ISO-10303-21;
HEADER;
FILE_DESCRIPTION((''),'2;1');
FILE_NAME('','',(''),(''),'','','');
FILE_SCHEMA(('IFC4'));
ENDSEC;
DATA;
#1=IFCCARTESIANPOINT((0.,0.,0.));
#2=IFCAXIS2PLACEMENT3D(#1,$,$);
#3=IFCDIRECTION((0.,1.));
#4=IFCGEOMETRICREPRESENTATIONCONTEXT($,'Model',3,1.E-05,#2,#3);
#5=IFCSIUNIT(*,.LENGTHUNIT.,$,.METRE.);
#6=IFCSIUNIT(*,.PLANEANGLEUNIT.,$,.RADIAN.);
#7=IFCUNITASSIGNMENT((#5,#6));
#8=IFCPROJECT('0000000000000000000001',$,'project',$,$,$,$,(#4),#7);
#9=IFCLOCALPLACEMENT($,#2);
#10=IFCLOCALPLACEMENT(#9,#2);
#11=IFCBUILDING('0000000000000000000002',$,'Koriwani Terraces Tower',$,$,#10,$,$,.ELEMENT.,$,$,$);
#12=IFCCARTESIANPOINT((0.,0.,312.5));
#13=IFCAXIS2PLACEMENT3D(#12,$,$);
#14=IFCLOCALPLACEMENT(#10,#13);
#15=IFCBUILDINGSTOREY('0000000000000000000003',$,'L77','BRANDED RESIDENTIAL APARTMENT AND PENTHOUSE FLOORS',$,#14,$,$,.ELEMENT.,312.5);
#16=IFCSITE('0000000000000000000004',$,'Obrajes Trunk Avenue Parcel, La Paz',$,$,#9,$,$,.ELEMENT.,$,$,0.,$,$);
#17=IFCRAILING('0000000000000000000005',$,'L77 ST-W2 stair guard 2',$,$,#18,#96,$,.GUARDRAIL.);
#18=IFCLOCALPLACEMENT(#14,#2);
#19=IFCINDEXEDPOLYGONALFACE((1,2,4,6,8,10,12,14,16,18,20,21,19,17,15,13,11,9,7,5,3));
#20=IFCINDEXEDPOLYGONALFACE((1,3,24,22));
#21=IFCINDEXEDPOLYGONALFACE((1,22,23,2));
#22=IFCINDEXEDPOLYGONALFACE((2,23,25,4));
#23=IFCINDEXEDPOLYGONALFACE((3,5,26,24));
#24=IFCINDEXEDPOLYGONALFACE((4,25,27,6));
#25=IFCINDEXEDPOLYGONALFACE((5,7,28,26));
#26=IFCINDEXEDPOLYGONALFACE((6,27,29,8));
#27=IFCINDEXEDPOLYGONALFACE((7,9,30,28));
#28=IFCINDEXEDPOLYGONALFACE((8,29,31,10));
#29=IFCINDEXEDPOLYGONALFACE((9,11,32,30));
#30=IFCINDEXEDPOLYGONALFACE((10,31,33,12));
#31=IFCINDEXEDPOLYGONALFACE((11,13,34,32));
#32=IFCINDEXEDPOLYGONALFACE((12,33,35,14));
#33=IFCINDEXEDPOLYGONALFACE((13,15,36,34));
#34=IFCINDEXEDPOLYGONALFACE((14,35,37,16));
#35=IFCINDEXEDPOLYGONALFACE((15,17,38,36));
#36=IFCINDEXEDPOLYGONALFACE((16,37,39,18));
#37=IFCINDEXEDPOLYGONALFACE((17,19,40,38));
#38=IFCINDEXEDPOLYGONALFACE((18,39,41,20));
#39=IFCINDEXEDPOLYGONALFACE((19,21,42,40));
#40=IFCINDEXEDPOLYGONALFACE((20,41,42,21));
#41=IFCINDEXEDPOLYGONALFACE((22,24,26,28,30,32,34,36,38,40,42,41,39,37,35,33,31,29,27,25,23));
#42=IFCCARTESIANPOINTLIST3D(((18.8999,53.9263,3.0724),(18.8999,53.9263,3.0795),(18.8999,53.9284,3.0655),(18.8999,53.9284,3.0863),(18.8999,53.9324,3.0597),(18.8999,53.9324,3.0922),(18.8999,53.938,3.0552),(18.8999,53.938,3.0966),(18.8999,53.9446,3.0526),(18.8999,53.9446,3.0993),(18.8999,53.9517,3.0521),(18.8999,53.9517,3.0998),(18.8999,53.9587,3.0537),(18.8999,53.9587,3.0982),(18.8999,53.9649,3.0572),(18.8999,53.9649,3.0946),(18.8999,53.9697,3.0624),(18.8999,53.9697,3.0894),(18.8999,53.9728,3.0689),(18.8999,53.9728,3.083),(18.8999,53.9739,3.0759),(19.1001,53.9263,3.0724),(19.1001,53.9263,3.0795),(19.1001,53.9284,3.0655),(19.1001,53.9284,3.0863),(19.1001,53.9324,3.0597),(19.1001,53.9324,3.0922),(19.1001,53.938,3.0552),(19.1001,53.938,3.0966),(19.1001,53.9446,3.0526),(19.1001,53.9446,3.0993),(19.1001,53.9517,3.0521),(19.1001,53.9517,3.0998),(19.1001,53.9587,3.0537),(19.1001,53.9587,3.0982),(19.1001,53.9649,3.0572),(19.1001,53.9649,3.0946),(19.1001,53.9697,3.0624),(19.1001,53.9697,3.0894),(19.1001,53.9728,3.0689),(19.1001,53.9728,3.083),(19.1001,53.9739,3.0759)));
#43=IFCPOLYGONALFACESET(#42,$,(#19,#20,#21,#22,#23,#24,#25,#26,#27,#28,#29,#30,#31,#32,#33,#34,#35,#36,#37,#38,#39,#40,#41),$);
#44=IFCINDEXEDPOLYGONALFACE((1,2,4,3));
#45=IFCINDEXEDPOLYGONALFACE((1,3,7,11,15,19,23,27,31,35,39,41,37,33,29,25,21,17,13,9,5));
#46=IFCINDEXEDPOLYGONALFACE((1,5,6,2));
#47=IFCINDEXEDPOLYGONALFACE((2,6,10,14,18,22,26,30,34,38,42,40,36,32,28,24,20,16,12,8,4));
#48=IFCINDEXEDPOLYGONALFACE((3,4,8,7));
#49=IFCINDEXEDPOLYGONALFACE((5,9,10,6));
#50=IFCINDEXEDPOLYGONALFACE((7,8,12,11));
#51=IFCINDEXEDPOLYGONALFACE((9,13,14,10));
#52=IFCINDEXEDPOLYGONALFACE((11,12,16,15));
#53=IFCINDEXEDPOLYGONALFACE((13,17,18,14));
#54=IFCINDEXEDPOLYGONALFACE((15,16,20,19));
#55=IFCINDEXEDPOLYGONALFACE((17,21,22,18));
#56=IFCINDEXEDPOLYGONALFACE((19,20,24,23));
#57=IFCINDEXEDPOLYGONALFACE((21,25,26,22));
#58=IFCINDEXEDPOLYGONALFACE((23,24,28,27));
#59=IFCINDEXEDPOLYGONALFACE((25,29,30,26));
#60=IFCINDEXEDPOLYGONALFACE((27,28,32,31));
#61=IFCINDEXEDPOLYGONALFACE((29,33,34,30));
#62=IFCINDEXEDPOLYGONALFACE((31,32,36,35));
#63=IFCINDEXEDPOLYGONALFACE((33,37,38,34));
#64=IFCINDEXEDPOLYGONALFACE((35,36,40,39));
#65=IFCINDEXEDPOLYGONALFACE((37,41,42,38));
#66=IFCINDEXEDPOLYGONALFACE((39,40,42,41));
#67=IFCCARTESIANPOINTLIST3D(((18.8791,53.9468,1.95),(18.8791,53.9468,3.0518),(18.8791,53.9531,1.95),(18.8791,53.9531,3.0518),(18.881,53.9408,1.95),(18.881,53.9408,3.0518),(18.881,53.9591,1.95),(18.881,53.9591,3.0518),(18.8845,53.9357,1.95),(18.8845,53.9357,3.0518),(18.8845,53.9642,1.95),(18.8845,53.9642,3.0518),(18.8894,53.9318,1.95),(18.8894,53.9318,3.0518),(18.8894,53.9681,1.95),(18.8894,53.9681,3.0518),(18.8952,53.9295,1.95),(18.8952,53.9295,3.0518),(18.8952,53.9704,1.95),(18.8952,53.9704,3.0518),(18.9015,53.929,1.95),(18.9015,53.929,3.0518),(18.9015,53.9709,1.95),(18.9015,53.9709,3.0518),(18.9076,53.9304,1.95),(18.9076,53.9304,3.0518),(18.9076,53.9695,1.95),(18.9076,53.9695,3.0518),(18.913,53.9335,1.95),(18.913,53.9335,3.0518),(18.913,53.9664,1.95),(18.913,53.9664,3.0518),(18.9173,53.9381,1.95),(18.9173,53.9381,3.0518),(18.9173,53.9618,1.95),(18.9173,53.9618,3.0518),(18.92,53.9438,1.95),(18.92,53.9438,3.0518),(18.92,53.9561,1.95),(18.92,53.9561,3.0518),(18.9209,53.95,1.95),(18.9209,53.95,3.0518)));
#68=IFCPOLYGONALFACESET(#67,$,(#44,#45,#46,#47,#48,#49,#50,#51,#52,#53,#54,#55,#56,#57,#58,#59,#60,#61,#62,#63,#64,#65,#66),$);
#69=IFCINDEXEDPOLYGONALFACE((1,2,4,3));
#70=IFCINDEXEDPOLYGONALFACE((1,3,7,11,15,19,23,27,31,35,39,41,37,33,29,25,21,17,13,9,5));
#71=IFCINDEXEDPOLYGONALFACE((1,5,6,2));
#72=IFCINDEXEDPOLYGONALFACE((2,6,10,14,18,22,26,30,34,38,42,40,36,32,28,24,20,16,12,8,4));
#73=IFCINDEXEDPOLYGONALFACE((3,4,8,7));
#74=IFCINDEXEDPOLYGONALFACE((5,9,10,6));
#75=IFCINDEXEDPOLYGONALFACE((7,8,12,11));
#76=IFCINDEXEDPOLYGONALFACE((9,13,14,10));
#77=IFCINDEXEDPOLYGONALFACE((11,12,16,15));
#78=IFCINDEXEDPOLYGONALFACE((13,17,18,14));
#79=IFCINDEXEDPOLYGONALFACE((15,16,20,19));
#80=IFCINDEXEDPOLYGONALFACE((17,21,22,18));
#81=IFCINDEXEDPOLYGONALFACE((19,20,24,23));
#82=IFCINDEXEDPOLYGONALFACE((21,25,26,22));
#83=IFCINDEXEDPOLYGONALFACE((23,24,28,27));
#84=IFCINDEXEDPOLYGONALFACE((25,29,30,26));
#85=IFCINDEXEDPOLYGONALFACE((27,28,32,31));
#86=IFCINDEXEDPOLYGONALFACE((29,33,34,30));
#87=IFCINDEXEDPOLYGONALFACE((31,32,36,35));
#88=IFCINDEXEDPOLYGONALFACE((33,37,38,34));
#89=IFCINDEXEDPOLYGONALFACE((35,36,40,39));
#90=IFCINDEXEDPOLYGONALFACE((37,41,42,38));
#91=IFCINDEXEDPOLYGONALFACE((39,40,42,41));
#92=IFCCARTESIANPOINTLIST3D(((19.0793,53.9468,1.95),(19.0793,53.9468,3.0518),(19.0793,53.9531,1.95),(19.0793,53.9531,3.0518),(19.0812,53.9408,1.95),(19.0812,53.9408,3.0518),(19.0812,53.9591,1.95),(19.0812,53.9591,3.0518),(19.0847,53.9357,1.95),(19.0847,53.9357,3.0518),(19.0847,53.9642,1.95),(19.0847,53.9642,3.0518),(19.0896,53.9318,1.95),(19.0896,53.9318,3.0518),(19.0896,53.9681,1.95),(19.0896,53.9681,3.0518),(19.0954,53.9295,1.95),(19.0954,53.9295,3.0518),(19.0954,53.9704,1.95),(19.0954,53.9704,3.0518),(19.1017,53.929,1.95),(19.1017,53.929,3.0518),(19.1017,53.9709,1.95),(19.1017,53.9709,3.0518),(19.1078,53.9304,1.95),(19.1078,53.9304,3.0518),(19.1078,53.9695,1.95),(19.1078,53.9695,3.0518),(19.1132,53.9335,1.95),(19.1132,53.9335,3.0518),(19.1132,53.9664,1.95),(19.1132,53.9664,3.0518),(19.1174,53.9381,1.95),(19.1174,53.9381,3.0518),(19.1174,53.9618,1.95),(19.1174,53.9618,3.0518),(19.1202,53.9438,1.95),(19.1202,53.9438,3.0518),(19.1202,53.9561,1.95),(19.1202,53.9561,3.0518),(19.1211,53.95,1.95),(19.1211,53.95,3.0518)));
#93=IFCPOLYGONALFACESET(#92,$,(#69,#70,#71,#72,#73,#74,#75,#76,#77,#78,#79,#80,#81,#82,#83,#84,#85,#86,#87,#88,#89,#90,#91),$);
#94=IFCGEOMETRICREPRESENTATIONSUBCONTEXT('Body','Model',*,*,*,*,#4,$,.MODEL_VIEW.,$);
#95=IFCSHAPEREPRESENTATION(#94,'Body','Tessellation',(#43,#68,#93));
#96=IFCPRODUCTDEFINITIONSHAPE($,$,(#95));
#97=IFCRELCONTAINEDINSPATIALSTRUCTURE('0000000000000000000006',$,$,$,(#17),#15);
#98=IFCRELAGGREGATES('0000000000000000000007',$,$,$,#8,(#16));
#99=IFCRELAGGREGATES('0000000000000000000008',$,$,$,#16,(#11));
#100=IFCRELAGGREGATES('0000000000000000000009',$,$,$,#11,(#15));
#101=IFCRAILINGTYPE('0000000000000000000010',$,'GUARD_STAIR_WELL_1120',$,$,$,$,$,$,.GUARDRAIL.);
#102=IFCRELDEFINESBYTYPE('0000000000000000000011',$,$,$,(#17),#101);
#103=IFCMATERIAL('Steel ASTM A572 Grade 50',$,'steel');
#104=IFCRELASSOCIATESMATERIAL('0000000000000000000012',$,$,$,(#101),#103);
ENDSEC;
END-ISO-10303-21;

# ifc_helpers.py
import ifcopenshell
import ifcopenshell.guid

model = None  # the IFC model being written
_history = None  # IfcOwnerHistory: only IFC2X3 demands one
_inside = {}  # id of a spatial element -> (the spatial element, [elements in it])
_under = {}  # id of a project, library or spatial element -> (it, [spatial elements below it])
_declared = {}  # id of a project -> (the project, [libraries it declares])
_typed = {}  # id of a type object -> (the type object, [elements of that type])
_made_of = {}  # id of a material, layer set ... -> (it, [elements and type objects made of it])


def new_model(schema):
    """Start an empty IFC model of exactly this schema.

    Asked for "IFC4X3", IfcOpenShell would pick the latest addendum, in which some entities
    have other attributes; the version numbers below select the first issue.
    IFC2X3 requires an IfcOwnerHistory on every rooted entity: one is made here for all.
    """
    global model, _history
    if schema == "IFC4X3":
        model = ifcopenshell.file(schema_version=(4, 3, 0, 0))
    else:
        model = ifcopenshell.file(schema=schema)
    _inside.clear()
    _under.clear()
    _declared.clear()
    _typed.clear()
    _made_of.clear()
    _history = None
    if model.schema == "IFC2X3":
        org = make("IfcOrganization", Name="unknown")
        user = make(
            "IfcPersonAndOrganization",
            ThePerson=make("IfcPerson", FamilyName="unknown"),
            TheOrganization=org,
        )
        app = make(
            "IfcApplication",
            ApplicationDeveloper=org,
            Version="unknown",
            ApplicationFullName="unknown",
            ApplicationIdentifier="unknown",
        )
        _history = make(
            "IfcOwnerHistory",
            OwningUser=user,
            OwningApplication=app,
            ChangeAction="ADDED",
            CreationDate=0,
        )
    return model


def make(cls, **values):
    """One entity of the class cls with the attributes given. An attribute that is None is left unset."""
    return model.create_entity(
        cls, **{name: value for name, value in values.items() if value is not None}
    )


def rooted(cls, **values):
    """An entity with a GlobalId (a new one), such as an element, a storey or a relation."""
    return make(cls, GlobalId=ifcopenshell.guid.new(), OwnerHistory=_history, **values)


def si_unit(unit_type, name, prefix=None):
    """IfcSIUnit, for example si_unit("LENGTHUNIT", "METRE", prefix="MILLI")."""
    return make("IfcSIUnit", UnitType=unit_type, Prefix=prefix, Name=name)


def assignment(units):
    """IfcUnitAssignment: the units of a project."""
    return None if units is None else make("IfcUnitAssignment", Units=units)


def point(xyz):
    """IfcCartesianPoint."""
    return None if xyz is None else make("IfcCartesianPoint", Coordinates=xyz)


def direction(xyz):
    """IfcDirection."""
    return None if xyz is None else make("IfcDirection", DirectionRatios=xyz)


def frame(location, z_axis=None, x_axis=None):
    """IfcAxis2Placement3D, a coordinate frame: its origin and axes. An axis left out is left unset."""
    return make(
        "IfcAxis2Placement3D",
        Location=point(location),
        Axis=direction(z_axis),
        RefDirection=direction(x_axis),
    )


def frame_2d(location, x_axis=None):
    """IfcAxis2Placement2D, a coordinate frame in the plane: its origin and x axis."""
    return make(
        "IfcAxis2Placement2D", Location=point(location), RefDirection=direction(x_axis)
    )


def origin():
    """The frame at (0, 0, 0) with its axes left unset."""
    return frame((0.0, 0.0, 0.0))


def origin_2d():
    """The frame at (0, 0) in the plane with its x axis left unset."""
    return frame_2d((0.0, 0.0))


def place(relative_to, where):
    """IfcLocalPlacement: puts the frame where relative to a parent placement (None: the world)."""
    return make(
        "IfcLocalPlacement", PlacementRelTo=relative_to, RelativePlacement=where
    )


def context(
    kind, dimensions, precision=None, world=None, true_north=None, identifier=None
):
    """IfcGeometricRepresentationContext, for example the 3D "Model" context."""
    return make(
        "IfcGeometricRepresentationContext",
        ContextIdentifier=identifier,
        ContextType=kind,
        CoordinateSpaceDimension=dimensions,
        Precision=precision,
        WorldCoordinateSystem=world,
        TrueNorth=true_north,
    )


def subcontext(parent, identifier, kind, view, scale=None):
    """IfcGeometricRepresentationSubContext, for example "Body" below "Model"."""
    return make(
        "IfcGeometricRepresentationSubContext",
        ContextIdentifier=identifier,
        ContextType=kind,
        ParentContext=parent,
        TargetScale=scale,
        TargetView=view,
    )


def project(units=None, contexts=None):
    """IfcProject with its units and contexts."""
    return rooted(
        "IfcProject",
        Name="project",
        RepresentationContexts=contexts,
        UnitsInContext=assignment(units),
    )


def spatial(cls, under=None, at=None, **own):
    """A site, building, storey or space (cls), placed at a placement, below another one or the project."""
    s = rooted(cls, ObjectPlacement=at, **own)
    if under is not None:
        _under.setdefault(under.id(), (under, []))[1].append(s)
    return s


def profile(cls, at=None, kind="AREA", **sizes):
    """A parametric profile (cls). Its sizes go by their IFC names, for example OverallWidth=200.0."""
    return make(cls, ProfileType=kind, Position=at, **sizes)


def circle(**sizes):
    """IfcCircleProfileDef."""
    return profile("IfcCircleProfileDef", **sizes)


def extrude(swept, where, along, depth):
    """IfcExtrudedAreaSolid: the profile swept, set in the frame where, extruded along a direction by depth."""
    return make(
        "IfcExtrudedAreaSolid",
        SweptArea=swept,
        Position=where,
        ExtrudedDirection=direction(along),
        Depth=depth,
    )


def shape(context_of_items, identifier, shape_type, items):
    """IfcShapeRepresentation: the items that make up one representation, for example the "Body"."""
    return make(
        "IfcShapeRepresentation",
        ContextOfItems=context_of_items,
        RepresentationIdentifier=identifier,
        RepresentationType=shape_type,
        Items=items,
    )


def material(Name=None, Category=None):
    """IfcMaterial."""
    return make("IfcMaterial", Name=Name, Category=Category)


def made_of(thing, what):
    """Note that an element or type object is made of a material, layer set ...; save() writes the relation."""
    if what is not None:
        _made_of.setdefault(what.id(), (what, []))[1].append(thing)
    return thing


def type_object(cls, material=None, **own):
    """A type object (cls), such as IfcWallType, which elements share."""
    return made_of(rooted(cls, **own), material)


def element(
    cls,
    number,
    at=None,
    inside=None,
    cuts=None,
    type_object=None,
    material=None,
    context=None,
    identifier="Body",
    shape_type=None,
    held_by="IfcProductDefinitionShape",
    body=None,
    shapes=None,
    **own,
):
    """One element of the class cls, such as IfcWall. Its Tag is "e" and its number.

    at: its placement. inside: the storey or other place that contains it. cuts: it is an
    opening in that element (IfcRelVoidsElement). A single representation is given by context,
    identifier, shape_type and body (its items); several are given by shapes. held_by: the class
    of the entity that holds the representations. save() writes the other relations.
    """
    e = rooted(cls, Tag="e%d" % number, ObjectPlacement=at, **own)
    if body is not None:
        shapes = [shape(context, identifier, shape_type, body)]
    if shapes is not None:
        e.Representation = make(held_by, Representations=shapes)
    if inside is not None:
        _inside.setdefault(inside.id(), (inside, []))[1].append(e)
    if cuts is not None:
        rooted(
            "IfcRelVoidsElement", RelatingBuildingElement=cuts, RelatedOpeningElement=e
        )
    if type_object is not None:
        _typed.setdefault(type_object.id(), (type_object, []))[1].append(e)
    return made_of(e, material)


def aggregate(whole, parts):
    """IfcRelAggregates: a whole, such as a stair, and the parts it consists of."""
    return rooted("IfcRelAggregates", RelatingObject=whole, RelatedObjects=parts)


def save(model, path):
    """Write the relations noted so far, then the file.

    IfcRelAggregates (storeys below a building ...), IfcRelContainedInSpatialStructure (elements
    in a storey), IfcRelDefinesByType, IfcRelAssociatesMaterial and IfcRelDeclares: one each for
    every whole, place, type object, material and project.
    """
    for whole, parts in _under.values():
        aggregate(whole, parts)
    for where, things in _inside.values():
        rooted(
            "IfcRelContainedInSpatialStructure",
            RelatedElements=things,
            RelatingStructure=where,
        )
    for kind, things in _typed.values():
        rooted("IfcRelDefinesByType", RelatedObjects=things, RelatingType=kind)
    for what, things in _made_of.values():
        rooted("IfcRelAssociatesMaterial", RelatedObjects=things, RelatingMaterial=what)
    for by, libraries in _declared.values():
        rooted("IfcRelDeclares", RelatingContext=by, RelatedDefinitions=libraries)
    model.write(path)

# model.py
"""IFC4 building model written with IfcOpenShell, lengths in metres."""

from ifc_helpers import new_model, si_unit, direction, frame, origin, origin_2d, place, context, subcontext, project, spatial, circle, extrude, material, type_object, element, save


model = new_model("IFC4")

# Units and contexts
model_context = context("Model", 3, precision=1e-05, world=origin(), true_north=direction((0.0, 1.0)))
body_context = subcontext(model_context, "Body", "Model", "MODEL_VIEW")
ifc_project = project(units=[si_unit("LENGTHUNIT", "METRE"), si_unit("PLANEANGLEUNIT", "RADIAN")], contexts=[model_context])

# Site, building, storey
site_placement = place(None, origin())
site = spatial("IfcSite", under=ifc_project, at=site_placement, Name="Obrajes Trunk Avenue Parcel, La Paz", CompositionType="ELEMENT", RefElevation=0.0)
building_placement = place(site_placement, origin())
building = spatial("IfcBuilding", under=site, at=building_placement, Name="Koriwani Terraces Tower", CompositionType="ELEMENT")
storey_placement = place(building_placement, frame((0.0, 0.0, 312.5)))
storey = spatial("IfcBuildingStorey", under=building, at=storey_placement, Name="L77", Description="BRANDED RESIDENTIAL APARTMENT AND PENTHOUSE FLOORS", CompositionType="ELEMENT", Elevation=312.5)

# Shared definitions
ifc_material_1 = material(Name="Steel ASTM A572 Grade 50", Category="steel")

# Railing
railing_type_1 = type_object("IfcRailingType", Name="GUARD_STAIR_WELL_1120", PredefinedType="GUARDRAIL", material=ifc_material_1)
railing_1_placement = place(storey_placement, frame((18.8999, 53.95, 1.95)))
element("IfcRailing", 1, at=railing_1_placement, inside=storey, type_object=railing_type_1, Name="L77 ST-W2 stair guard 2", PredefinedType="GUARDRAIL", context=body_context, shape_type="SweptSolid", body=[
    extrude(circle(Radius=0.0239, at=origin_2d()), frame((0.0, 0.0, 1.126), z_axis=(1.0, 0.0, 0.0), x_axis=(0.0, 1.0, 0.0)), (0.0, 0.0, 1.0), 0.2002),
    extrude(circle(Radius=0.021, at=origin_2d()), origin(), (0.0, 0.0, 1.0), 1.1018),
    extrude(circle(Radius=0.021, at=origin_2d()), frame((0.2002, 0.0, 0.0)), (0.0, 0.0, 1.0), 1.1018),
])

save(model, "model.ifc")
